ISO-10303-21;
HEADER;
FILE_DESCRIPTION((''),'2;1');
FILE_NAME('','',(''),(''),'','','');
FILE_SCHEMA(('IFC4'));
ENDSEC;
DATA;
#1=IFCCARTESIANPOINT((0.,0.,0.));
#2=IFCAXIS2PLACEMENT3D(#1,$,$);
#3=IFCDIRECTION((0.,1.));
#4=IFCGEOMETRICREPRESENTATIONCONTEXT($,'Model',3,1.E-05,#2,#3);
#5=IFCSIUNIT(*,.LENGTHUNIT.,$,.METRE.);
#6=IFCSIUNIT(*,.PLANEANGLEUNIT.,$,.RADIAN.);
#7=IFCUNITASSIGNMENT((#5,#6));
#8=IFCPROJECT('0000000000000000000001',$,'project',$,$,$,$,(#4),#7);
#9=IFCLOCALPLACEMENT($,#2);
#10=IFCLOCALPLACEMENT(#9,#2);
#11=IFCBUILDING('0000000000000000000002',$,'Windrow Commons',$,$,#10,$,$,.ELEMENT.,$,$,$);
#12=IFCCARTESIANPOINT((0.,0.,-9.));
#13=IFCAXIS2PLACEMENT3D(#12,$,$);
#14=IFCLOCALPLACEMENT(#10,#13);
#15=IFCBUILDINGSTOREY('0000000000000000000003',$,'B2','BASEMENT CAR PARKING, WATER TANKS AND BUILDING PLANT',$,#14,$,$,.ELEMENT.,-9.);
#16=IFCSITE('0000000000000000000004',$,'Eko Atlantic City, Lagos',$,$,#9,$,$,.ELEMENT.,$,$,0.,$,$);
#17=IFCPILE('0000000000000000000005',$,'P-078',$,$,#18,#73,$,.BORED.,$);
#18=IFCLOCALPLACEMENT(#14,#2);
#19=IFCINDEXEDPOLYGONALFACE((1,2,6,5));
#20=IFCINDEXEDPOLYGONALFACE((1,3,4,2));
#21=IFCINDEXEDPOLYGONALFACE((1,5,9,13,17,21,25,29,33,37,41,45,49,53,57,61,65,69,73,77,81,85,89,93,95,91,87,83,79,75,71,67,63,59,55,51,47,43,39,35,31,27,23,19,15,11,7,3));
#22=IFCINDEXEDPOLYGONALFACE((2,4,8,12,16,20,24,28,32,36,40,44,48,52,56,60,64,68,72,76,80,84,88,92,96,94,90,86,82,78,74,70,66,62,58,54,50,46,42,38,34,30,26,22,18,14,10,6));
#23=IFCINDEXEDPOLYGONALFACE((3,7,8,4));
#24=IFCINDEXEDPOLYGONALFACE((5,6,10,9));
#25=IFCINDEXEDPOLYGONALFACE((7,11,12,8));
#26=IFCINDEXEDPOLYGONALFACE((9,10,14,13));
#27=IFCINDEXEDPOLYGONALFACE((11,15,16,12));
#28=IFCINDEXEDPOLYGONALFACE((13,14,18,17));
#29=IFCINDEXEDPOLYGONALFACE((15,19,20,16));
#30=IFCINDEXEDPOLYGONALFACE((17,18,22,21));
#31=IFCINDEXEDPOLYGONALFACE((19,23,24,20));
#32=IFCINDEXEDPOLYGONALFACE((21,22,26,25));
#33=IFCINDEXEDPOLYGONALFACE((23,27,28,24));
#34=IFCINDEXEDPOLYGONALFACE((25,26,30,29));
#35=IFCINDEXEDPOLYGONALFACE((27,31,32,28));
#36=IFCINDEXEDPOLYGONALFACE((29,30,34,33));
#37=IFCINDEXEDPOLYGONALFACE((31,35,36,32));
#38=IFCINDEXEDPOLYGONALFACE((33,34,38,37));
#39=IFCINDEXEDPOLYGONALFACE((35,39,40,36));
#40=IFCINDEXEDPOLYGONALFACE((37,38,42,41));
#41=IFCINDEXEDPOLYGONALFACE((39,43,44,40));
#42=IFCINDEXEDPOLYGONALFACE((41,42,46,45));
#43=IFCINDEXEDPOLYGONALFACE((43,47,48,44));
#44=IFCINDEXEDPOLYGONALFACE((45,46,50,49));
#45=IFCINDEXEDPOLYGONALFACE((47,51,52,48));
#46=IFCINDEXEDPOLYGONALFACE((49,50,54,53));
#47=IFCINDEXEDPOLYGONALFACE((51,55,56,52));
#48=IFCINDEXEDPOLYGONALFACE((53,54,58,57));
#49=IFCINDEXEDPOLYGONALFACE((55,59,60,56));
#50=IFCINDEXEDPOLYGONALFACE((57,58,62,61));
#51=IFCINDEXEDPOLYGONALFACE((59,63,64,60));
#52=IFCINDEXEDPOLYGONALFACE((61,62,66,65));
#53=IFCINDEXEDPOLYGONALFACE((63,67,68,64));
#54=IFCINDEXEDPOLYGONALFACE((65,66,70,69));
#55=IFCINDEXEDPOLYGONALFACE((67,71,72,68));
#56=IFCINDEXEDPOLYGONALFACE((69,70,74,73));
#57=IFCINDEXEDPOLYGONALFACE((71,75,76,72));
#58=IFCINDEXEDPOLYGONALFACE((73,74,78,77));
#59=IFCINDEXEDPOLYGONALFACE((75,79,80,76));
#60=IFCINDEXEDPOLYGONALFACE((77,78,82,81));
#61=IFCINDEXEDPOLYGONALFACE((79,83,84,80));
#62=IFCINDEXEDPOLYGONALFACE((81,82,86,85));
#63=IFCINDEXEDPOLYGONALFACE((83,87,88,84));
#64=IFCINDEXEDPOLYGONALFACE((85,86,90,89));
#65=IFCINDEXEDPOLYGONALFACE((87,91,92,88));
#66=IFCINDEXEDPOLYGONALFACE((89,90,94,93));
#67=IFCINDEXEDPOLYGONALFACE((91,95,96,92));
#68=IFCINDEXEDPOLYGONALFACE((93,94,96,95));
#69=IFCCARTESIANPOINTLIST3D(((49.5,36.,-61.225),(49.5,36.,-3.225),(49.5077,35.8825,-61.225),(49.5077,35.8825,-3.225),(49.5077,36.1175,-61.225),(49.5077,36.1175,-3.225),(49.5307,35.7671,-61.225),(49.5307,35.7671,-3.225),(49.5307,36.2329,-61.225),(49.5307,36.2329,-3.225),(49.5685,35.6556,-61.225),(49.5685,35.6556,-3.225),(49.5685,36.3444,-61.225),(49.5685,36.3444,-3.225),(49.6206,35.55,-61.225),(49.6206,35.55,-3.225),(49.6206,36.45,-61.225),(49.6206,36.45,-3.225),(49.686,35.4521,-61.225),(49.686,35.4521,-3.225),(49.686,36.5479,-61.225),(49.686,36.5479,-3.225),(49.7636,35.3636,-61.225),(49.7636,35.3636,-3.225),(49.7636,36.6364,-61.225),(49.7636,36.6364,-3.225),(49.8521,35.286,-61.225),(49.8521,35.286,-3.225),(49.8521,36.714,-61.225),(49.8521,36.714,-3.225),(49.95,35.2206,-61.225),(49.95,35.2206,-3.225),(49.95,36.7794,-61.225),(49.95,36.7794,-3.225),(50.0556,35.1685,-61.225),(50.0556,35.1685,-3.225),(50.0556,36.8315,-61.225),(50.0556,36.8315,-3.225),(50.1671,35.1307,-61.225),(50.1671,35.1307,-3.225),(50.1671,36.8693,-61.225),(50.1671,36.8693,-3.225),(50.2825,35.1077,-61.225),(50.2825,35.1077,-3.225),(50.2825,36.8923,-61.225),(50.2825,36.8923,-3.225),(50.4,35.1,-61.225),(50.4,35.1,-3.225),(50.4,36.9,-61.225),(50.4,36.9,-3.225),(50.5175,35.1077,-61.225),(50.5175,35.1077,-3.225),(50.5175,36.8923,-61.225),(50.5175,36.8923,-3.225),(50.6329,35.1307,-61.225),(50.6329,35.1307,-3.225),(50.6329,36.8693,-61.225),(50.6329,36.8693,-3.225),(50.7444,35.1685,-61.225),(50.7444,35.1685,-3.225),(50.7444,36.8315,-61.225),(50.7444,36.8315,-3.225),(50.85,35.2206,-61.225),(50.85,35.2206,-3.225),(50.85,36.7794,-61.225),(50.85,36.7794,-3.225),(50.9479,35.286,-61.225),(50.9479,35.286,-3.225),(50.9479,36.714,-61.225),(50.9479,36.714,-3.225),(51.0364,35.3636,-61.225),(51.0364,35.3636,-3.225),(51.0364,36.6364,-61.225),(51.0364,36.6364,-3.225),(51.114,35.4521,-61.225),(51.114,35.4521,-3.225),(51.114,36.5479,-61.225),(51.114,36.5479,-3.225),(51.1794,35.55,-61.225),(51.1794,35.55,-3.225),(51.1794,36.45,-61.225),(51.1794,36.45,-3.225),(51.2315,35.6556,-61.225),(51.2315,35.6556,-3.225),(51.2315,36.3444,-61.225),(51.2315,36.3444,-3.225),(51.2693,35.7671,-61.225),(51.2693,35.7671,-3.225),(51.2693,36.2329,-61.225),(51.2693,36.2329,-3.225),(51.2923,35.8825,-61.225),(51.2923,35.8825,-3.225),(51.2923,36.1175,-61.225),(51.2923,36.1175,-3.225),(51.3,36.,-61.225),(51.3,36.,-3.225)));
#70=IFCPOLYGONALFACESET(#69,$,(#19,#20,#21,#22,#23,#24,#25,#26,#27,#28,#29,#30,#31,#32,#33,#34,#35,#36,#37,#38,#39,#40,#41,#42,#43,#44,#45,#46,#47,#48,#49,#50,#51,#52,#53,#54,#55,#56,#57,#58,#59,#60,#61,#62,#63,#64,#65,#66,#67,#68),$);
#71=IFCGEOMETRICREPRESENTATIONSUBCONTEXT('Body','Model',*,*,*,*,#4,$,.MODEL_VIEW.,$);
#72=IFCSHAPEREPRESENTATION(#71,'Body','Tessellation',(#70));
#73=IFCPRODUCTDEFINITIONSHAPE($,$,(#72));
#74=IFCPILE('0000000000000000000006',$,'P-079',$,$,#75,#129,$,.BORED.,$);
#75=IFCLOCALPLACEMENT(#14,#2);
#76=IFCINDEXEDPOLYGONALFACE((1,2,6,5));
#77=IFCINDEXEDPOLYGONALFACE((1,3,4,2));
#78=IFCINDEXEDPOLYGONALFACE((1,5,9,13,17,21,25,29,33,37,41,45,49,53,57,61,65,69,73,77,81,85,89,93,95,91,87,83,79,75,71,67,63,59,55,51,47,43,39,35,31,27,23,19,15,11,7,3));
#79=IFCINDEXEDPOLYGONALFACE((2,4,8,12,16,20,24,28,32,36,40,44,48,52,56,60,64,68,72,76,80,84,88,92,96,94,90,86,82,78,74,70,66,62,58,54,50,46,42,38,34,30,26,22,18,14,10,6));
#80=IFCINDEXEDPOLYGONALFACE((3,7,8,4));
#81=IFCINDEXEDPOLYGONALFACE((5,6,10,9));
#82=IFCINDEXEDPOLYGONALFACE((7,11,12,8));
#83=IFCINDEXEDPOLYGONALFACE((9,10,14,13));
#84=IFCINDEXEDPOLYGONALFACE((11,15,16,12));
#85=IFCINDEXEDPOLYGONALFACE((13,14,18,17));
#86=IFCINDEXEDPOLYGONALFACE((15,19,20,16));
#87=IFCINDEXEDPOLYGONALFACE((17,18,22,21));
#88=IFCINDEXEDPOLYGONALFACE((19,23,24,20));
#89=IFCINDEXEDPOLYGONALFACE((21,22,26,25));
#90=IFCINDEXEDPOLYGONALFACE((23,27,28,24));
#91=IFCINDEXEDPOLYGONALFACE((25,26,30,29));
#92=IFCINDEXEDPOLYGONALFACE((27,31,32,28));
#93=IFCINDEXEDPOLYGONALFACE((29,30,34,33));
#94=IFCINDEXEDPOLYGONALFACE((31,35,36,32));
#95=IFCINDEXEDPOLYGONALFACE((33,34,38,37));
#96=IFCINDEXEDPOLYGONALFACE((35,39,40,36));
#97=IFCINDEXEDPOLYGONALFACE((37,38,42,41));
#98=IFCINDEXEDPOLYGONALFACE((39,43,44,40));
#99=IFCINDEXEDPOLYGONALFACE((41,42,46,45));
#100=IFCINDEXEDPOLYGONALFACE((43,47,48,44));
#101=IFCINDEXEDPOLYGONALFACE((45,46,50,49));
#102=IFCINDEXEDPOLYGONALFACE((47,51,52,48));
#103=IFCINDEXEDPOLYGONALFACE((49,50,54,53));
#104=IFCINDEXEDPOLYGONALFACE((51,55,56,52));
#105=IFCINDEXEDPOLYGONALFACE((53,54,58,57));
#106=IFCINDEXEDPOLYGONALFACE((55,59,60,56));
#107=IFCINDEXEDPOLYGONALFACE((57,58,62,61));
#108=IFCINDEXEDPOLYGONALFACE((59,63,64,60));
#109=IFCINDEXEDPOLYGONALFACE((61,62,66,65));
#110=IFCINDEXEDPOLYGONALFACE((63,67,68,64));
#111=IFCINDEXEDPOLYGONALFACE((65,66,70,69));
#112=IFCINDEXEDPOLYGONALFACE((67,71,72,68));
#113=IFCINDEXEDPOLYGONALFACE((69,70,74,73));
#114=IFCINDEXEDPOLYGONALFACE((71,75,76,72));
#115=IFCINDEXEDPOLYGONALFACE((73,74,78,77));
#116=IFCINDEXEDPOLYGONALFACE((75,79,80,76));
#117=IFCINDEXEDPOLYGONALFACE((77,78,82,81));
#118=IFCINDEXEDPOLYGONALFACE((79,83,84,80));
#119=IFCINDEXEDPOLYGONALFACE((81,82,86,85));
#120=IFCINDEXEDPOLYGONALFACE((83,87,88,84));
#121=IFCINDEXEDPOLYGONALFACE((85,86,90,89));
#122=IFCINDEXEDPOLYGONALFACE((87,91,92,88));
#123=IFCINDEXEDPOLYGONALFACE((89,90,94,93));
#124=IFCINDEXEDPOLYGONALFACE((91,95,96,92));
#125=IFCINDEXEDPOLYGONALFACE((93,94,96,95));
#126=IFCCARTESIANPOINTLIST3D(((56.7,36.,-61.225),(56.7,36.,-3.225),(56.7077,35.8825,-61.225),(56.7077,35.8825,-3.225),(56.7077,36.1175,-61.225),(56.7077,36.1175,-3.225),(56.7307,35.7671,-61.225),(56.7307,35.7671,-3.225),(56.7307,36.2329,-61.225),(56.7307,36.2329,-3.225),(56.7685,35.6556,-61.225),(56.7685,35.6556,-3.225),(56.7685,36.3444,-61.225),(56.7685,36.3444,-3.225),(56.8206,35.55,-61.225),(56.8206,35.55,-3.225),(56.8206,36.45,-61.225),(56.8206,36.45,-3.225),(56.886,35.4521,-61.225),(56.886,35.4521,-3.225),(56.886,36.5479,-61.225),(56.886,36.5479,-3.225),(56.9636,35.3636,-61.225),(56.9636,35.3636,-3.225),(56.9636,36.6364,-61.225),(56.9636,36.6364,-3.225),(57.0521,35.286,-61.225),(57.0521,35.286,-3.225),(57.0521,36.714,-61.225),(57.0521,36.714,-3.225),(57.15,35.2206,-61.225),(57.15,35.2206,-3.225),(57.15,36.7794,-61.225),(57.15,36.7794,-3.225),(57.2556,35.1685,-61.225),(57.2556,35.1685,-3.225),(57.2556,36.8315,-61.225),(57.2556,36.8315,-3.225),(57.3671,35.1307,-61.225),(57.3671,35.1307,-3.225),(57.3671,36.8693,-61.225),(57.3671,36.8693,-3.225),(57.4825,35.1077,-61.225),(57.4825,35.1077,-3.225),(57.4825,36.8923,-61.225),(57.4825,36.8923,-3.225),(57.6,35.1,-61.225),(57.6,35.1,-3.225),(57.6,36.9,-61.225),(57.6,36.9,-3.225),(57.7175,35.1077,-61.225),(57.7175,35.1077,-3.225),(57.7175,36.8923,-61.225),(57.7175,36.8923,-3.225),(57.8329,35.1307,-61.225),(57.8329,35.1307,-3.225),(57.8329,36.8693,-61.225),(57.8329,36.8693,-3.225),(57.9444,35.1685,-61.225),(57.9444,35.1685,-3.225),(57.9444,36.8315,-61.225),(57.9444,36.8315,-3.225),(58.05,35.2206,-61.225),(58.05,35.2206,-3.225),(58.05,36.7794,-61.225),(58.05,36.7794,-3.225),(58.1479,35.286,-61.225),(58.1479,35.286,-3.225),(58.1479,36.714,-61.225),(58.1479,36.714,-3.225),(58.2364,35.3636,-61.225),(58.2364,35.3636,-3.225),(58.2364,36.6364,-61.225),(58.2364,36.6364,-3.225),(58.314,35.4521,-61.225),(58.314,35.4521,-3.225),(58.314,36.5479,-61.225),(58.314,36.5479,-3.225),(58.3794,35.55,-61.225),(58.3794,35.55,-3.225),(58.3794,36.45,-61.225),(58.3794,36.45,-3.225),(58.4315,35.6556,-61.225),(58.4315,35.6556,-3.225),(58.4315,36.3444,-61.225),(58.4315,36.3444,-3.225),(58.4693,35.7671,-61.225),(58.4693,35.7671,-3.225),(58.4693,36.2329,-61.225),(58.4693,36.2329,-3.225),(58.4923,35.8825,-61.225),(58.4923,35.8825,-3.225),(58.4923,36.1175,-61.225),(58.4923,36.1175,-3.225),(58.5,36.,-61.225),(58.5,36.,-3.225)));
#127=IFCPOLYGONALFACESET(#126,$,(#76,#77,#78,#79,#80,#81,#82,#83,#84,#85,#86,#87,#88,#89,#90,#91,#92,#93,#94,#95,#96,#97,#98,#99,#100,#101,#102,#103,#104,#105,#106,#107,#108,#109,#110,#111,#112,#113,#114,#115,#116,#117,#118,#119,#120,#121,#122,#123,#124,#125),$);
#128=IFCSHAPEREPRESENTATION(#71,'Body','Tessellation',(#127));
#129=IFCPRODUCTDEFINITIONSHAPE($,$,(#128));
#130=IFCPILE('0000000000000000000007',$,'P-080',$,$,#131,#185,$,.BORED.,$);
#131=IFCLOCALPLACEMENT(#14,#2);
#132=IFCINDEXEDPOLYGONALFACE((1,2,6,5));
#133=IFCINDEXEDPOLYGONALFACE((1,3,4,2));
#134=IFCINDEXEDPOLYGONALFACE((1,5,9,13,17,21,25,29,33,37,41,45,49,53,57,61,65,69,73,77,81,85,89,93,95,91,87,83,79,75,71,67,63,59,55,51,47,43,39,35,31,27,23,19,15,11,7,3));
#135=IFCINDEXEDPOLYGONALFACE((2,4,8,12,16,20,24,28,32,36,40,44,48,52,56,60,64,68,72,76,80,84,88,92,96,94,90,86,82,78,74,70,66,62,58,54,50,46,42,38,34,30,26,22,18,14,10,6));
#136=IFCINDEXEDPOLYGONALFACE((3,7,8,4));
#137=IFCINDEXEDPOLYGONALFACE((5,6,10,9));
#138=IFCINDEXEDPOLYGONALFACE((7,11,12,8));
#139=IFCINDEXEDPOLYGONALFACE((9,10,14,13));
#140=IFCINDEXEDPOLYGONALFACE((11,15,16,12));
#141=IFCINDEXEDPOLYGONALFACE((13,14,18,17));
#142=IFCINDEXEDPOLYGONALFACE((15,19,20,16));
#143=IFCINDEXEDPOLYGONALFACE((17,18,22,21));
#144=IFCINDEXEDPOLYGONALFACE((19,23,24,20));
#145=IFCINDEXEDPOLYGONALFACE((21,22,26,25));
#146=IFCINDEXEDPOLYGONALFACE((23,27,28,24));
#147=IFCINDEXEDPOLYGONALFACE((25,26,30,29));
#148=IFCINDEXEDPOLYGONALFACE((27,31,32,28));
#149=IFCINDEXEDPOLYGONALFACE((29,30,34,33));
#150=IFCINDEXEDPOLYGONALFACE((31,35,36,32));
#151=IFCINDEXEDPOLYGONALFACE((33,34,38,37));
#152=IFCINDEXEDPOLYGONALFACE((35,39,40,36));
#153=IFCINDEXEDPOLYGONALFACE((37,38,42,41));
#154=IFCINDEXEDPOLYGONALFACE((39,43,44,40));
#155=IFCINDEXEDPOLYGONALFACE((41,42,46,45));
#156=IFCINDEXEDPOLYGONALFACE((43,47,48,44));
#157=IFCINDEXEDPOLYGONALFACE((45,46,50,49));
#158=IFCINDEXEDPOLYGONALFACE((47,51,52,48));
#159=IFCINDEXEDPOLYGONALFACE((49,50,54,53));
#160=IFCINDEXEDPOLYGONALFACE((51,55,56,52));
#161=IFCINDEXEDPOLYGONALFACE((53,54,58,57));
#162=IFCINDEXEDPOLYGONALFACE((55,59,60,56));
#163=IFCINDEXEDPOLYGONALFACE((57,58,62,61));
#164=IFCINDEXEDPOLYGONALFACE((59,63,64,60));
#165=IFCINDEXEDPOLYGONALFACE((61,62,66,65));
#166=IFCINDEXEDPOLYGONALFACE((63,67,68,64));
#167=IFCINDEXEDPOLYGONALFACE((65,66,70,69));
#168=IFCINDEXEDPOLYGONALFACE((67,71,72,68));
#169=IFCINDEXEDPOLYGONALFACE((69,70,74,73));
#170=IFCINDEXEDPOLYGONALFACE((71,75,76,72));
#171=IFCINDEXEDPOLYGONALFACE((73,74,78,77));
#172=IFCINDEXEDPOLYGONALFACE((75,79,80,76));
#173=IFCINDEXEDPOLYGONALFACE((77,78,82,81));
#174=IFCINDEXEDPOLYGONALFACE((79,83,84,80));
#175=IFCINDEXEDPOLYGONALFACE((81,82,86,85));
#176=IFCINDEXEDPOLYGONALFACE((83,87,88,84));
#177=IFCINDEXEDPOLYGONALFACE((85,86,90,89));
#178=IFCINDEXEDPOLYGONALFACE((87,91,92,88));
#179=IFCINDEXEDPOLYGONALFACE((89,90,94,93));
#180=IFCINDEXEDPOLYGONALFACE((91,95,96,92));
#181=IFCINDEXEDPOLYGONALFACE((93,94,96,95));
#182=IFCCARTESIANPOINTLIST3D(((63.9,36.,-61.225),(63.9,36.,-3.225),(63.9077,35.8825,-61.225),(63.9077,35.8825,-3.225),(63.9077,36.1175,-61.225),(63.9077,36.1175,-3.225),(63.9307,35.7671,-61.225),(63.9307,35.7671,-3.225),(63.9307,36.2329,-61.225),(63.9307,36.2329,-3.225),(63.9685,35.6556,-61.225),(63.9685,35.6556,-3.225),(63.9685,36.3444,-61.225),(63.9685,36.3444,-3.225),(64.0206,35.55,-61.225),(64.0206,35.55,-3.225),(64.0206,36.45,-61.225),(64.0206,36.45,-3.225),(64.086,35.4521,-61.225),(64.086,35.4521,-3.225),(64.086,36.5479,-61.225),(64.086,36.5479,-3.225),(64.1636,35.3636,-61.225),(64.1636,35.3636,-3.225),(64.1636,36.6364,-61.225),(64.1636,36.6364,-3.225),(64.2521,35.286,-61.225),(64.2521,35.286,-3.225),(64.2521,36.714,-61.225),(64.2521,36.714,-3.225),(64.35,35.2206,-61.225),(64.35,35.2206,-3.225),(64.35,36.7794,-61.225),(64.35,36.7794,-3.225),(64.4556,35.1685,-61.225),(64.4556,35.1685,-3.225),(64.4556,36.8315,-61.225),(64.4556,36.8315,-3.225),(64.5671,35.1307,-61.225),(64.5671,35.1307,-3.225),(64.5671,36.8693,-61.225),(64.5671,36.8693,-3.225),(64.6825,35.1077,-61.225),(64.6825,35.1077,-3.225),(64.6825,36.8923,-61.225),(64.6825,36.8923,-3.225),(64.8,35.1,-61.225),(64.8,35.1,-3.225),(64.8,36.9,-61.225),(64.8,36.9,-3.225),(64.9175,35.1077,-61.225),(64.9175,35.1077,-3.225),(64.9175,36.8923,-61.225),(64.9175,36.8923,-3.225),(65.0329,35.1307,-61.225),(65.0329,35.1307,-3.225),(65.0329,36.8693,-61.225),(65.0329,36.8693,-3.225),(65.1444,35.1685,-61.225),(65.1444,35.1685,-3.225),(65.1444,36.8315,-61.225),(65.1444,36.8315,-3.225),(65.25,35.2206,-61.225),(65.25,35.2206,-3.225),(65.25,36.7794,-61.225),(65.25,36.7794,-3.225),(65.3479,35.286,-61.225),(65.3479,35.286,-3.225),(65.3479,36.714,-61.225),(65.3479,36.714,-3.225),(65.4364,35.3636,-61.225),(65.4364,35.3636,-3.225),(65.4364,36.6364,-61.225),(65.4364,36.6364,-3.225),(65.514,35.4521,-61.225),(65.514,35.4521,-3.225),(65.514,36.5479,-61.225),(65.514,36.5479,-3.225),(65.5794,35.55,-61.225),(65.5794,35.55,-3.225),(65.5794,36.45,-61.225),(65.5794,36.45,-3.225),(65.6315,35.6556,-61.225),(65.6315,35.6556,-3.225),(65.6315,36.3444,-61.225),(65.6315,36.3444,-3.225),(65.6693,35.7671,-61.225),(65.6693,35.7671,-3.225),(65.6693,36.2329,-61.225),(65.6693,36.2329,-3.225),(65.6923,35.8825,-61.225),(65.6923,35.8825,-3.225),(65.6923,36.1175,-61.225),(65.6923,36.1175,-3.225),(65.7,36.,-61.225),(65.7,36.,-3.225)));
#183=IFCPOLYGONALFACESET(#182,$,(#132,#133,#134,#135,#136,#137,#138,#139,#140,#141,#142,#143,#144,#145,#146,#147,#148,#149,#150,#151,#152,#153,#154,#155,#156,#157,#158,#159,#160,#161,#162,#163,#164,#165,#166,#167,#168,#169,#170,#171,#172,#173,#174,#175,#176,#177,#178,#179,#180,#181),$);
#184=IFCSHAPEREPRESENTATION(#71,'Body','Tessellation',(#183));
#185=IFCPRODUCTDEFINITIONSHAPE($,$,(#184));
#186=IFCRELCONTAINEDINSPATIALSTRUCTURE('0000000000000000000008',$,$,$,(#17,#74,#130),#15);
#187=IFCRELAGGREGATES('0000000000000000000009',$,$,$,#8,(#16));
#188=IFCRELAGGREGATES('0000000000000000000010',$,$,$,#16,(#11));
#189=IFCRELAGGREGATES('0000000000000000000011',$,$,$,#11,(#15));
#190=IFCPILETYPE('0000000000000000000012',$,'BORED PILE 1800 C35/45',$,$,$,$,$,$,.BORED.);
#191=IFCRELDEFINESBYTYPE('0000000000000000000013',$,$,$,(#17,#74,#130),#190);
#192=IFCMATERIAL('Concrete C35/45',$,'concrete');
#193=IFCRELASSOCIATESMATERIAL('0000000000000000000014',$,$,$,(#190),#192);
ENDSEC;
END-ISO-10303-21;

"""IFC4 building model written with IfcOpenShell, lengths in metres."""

from ifc_helpers import new_model, si_unit, direction, frame, origin, origin_2d, place, context, subcontext, project, spatial, circle, extrude, material, material_profile, profile_set, type_object, element, save


model = new_model("IFC4")

# Units and contexts
model_context = context("Model", 3, precision=1e-05, world=origin(), true_north=direction((0.0, 1.0)))
body_context = subcontext(model_context, "Body", "Model", "MODEL_VIEW")
ifc_project = project(units=[si_unit("LENGTHUNIT", "METRE"), si_unit("PLANEANGLEUNIT", "RADIAN")], contexts=[model_context])

# Site, building, storey
site_placement = place(None, origin())
site = spatial("IfcSite", under=ifc_project, at=site_placement, Name="Eko Atlantic City, Lagos", CompositionType="ELEMENT", RefElevation=0.0)
building_placement = place(site_placement, origin())
building = spatial("IfcBuilding", under=site, at=building_placement, Name="Windrow Commons", CompositionType="ELEMENT")
storey_placement = place(building_placement, frame((0.0, 0.0, -9.0)))
storey = spatial("IfcBuildingStorey", under=building, at=storey_placement, Name="B2", Description="BASEMENT CAR PARKING, WATER TANKS AND BUILDING PLANT", CompositionType="ELEMENT", Elevation=-9.0)

# Piles
ifc_material_1 = material(Name="Concrete C35/45", Category="concrete")
ifc_material_profile_1 = material_profile(ifc_material_1, circle(Radius=0.9, at=origin_2d()))
ifc_profile_set_1 = profile_set([ifc_material_profile_1], Name="Concrete C35/45")
pile_type = type_object("IfcPileType", Name="BORED PILE 1800 C35/45", PredefinedType="BORED", material=ifc_profile_set_1)
for number, where, z_axis, x_axis, name in (
    (1, (50.4, 36.0, -3.225), (0.0, 0.0, -1.0), (1.0, 0.0, 0.0), "P-078"),
    (2, (57.6, 36.0, -3.225), (0.0, 0.0, -1.0), (1.0, 0.0, 0.0), "P-079"),
    (3, (64.8, 36.0, -3.225), (0.0, 0.0, -1.0), (1.0, 0.0, 0.0), "P-080"),
):
    element("IfcPile", number, at=place(storey_placement, frame(where, z_axis=z_axis, x_axis=x_axis)), inside=storey, type_object=pile_type, Name=name, PredefinedType="BORED", context=body_context, shape_type="SweptSolid", body=[
        extrude(circle(Radius=0.9, at=origin_2d()), origin(), (0.0, 0.0, 1.0), 58.0),
    ])

save(model, "model.ifc")
